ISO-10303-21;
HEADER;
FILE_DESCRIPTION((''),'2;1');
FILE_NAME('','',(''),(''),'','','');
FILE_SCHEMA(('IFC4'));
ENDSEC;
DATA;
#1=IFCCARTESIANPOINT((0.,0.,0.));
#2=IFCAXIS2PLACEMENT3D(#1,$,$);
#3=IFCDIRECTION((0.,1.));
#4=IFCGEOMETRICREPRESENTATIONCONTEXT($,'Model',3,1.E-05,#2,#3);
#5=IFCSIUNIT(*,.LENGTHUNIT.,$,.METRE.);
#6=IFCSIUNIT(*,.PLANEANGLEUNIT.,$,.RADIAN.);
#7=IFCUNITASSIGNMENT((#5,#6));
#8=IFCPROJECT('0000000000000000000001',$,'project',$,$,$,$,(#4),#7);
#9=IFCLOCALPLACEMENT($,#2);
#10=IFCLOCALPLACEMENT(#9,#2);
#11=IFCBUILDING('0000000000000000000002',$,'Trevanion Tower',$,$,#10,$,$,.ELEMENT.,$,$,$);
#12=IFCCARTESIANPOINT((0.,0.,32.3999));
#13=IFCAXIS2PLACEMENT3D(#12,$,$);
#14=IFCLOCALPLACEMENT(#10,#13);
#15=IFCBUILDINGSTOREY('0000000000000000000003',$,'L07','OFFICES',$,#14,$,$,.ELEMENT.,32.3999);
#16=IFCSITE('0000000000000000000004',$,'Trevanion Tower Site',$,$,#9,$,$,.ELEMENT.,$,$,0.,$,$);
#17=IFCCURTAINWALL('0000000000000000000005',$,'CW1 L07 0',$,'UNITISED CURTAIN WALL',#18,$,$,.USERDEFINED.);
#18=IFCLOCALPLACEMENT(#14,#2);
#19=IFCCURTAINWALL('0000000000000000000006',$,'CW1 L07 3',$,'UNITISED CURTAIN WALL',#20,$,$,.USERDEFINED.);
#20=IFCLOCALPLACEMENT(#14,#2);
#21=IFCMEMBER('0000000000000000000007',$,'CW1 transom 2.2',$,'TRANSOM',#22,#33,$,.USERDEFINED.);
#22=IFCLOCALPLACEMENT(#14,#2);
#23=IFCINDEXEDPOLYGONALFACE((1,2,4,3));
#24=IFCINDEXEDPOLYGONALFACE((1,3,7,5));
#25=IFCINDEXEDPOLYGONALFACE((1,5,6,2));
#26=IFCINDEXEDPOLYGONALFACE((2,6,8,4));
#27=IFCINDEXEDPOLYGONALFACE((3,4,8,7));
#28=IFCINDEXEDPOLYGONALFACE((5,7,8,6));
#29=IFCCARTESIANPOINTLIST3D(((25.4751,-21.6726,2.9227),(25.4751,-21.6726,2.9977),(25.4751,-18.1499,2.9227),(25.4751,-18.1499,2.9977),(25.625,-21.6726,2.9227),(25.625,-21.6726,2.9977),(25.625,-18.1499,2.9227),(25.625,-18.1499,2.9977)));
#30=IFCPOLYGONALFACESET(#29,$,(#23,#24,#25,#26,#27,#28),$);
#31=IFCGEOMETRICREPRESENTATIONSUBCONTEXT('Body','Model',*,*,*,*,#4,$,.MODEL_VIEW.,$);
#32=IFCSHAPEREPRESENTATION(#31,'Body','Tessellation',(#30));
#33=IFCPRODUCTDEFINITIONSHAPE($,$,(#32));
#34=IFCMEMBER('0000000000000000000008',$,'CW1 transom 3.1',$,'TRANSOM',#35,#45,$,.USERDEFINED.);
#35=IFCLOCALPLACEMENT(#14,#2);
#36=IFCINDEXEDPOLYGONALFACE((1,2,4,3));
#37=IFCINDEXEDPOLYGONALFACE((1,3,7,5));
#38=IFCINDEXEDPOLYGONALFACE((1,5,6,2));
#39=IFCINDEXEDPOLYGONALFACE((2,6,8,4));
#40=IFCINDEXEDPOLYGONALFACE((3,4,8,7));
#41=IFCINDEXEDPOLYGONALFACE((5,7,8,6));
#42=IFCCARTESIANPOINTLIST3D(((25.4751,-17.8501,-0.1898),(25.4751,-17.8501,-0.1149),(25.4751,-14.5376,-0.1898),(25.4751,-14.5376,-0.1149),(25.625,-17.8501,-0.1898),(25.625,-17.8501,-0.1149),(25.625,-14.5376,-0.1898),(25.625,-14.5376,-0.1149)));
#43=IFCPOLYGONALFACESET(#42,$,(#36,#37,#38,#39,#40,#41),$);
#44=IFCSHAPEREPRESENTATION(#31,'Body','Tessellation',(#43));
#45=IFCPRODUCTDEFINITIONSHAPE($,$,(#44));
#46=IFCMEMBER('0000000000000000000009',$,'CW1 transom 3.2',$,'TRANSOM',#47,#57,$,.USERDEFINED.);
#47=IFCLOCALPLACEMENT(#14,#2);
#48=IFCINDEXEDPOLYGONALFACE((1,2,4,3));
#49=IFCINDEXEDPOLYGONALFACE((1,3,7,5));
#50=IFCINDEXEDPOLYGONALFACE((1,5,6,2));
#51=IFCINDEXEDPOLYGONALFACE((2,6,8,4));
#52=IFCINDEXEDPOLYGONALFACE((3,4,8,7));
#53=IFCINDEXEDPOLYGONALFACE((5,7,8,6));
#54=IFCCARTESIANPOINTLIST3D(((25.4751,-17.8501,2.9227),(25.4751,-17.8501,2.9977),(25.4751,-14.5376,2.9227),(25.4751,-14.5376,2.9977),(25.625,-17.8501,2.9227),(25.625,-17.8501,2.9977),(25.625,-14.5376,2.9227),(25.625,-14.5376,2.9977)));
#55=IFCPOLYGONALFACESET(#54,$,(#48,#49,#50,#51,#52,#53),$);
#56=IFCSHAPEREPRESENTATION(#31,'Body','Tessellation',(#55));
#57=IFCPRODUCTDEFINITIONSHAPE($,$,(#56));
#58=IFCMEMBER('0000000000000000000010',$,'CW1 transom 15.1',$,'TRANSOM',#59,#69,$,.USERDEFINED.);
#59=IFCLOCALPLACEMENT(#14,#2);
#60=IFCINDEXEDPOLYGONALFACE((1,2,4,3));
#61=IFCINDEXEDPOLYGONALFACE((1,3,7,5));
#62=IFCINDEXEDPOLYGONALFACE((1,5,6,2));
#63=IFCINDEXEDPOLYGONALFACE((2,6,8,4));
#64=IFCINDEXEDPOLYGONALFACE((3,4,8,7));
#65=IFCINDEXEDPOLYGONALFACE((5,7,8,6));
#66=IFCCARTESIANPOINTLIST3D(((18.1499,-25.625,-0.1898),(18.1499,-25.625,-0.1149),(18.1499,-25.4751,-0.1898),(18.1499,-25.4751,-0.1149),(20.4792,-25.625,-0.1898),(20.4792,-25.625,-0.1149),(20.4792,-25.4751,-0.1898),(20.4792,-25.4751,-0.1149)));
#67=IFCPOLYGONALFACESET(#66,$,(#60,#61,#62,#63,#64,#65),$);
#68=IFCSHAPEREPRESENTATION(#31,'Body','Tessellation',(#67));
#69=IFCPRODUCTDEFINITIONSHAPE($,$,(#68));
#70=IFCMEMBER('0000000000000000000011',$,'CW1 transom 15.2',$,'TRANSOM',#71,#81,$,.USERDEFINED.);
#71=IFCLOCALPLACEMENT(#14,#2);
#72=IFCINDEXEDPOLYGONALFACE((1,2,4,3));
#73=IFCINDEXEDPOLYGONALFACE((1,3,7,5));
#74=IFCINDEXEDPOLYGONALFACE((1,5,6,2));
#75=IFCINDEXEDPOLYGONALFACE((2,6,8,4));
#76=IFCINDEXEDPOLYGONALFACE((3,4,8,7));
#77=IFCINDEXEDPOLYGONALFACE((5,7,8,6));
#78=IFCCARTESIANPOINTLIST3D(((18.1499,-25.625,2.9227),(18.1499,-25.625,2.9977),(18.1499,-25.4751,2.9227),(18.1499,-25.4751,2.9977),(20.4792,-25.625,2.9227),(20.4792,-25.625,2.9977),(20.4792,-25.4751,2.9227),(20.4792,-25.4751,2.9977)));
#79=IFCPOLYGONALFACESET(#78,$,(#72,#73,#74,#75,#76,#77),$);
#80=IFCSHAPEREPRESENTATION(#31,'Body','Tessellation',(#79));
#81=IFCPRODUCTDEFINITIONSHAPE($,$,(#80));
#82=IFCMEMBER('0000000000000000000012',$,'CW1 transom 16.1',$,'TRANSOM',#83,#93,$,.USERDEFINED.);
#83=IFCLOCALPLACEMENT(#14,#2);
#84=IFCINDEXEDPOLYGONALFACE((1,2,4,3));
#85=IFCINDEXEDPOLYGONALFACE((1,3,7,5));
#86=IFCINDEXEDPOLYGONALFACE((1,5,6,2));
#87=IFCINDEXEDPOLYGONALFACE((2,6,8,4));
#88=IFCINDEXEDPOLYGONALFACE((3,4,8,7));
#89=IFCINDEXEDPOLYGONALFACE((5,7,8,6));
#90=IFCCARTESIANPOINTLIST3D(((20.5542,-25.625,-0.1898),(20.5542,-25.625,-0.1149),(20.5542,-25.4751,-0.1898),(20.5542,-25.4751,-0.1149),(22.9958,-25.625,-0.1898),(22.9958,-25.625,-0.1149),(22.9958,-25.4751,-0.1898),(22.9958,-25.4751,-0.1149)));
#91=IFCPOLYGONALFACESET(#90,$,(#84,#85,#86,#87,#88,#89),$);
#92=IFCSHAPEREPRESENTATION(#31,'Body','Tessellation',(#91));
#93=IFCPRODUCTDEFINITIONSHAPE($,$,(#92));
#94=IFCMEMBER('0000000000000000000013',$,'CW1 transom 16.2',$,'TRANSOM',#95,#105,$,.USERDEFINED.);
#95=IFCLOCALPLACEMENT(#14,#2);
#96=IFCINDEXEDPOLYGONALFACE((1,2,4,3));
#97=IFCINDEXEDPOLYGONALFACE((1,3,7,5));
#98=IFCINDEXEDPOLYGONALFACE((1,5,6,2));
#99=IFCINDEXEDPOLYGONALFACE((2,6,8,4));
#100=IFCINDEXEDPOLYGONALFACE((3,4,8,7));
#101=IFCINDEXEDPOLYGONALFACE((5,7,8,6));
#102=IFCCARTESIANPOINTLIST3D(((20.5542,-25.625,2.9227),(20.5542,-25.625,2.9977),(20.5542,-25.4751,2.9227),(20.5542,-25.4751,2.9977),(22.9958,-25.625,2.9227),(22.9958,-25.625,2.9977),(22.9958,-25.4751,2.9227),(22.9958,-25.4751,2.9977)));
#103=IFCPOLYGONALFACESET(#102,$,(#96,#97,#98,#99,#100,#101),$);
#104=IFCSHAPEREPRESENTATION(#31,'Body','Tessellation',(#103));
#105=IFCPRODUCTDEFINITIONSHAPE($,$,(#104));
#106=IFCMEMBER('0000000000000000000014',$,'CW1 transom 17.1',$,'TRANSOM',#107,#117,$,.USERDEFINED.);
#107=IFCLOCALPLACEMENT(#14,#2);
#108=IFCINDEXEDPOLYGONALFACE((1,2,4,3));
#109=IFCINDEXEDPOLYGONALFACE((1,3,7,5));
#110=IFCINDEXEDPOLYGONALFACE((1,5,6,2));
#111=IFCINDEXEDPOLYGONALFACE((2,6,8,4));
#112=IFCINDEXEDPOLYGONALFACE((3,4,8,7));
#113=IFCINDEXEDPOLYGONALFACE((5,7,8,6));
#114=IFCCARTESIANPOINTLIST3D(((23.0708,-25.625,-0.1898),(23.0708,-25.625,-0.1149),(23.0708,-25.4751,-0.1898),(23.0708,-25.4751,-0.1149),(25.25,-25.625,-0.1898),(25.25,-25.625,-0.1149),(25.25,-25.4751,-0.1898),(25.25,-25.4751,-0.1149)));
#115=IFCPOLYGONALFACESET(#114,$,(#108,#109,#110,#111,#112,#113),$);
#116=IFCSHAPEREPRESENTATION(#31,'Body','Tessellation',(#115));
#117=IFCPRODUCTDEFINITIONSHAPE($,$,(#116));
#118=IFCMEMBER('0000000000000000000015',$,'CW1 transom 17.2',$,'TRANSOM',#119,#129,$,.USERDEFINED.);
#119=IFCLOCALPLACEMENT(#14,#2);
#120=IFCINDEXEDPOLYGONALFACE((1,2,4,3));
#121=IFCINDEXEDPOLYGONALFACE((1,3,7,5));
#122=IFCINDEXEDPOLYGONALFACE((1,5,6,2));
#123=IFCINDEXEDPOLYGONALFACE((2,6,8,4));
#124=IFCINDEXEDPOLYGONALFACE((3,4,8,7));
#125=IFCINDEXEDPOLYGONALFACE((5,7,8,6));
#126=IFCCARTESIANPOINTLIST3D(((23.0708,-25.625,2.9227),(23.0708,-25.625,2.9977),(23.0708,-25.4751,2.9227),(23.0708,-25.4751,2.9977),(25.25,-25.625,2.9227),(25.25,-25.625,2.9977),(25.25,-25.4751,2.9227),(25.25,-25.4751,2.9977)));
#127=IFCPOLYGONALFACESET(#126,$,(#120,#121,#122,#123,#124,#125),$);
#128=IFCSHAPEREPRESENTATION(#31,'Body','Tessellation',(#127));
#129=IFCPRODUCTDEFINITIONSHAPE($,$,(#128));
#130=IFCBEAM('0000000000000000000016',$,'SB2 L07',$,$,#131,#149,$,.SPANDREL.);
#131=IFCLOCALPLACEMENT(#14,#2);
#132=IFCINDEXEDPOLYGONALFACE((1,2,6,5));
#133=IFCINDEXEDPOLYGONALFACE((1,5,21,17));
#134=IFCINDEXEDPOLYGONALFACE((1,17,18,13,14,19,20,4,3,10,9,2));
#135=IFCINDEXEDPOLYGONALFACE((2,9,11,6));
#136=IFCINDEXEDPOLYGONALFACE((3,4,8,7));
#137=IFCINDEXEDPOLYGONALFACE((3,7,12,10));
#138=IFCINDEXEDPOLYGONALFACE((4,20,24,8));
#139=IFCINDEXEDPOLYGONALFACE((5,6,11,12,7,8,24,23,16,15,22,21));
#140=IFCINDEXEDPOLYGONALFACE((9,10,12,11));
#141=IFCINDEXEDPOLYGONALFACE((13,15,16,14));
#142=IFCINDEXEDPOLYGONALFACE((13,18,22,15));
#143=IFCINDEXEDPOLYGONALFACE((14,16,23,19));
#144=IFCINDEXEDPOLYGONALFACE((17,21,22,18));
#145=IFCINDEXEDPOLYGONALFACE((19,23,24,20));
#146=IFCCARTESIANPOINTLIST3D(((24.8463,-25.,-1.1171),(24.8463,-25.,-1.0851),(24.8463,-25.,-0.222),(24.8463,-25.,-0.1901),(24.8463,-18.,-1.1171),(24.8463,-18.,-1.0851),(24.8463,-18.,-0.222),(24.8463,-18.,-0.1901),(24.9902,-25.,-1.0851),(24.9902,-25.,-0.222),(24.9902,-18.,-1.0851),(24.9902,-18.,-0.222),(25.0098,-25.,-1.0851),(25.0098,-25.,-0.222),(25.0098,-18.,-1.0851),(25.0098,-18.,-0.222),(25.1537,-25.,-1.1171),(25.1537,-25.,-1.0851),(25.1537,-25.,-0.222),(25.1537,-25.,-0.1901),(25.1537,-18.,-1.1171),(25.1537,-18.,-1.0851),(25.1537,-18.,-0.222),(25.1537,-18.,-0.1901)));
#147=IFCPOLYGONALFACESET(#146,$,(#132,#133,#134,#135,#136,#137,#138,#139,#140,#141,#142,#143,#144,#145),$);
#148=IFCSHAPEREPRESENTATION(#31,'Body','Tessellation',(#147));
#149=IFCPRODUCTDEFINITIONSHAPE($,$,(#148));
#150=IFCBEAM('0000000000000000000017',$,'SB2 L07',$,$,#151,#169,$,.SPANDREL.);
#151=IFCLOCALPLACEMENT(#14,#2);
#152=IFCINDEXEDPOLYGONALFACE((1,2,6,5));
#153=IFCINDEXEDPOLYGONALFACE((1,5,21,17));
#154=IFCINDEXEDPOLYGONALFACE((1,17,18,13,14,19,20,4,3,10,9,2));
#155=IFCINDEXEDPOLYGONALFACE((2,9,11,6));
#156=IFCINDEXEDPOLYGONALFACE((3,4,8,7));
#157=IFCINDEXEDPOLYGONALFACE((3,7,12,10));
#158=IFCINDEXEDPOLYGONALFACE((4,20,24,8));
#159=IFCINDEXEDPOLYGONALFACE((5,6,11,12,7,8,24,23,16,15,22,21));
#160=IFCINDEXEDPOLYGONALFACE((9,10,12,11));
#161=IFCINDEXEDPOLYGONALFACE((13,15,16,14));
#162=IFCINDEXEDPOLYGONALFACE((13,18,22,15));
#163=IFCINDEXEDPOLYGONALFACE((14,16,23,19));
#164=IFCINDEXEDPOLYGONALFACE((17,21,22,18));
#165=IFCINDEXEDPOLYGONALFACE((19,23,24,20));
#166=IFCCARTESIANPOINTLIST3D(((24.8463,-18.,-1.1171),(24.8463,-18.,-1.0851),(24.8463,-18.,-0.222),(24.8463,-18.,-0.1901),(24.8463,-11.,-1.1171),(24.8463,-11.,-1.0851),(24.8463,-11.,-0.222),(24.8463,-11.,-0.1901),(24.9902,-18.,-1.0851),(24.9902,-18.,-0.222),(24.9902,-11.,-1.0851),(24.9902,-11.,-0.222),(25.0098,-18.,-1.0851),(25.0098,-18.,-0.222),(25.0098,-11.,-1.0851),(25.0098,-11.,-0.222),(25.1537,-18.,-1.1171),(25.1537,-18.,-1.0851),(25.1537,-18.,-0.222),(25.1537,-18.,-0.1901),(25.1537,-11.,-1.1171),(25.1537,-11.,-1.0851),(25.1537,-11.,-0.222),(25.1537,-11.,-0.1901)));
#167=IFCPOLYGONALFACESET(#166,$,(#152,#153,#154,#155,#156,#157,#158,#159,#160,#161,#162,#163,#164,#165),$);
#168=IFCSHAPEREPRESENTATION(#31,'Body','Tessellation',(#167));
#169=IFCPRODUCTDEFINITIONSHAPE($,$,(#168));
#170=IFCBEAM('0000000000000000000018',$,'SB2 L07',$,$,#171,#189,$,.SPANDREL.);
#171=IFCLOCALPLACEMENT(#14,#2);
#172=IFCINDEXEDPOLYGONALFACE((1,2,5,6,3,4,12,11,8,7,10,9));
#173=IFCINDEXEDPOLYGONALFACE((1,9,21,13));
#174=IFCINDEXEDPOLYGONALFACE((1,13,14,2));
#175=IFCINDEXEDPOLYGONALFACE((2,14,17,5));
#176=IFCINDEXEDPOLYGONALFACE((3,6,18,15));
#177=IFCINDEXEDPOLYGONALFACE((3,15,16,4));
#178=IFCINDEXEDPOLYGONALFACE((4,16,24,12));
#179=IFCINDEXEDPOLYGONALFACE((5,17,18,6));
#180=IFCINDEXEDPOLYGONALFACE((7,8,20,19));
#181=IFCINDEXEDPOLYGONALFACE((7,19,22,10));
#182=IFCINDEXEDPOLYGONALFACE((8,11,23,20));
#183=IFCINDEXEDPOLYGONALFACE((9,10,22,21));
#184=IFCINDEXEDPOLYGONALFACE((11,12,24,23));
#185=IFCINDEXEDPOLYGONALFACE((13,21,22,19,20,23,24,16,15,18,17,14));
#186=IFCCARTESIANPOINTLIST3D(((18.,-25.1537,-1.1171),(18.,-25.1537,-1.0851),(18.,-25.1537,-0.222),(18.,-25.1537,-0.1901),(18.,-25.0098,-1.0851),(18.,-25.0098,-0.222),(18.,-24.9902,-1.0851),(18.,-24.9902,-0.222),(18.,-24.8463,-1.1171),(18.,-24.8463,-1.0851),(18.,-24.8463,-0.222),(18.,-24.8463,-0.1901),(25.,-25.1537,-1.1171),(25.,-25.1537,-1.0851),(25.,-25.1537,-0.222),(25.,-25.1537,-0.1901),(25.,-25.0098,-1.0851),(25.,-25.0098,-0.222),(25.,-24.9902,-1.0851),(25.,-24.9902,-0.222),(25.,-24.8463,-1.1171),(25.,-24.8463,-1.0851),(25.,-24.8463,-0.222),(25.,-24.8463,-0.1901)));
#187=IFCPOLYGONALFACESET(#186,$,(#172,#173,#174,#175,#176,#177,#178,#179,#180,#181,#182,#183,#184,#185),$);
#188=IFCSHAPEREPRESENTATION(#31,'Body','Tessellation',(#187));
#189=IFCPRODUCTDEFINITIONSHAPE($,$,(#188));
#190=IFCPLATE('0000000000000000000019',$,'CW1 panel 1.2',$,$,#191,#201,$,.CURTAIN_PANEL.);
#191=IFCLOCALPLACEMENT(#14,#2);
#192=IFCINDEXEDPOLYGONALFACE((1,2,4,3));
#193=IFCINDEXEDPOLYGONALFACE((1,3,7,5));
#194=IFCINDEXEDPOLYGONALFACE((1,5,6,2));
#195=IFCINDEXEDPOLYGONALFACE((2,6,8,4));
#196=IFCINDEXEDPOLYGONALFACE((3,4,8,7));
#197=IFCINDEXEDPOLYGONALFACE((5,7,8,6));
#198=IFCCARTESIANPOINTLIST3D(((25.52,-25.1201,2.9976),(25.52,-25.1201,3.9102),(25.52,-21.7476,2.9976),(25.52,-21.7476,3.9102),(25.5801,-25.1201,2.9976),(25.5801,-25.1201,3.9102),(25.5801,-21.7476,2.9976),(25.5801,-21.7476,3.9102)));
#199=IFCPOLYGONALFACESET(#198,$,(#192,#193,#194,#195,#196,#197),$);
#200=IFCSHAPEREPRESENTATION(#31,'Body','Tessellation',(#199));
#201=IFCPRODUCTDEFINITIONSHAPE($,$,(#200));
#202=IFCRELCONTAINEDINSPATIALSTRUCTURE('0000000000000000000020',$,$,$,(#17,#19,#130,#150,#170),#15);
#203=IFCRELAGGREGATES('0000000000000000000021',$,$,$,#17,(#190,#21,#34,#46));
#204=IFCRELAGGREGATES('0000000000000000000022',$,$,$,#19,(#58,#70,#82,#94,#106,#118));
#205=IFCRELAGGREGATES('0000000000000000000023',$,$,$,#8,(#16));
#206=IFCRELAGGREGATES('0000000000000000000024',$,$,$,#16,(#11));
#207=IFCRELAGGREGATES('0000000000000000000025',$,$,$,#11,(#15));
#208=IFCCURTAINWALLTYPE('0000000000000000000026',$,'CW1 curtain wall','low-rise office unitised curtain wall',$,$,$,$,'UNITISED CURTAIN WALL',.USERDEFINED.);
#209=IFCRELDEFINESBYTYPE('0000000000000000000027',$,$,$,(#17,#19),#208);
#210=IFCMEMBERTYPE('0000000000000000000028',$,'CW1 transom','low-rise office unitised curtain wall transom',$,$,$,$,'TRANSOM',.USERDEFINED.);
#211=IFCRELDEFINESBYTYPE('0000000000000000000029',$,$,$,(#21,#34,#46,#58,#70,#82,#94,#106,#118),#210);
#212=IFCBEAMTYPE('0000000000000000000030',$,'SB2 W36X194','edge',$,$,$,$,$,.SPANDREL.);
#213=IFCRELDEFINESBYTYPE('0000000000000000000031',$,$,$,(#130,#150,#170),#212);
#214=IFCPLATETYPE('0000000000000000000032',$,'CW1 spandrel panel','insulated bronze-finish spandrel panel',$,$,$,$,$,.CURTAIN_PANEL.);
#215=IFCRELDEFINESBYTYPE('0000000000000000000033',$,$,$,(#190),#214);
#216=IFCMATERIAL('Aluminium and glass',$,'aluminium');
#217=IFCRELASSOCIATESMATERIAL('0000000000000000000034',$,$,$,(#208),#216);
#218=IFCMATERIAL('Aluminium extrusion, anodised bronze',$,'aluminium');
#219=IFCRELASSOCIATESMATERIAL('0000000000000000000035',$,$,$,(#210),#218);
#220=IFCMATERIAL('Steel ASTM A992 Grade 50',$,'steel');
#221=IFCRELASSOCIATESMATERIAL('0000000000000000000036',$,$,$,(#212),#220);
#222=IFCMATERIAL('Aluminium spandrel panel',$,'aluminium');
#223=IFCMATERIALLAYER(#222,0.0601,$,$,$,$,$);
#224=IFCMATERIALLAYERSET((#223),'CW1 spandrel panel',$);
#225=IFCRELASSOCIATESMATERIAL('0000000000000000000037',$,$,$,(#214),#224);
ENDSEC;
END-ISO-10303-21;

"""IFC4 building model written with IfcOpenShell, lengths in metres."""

from ifc_helpers import new_model, si_unit, direction, frame, origin, origin_2d, place, context, subcontext, project, spatial, rectangle, i_section, extrude, material, layer, layer_set, material_profile, profile_set, type_object, element, aggregate, save


model = new_model("IFC4")

# Units and contexts
model_context = context("Model", 3, precision=1e-05, world=origin(), true_north=direction((0.0, 1.0)))
body_context = subcontext(model_context, "Body", "Model", "MODEL_VIEW")
ifc_project = project(units=[si_unit("LENGTHUNIT", "METRE"), si_unit("PLANEANGLEUNIT", "RADIAN")], contexts=[model_context])

# Site, building, storey
site_placement = place(None, origin())
site = spatial("IfcSite", under=ifc_project, at=site_placement, Name="Trevanion Tower Site", CompositionType="ELEMENT", RefElevation=0.0)
building_placement = place(site_placement, origin())
building = spatial("IfcBuilding", under=site, at=building_placement, Name="Trevanion Tower", CompositionType="ELEMENT")
storey_placement = place(building_placement, frame((0.0, 0.0, 32.3999)))
storey = spatial("IfcBuildingStorey", under=building, at=storey_placement, Name="L07", Description="OFFICES", CompositionType="ELEMENT", Elevation=32.3999)

# Curtain wall
ifc_material_1 = material(Name="Aluminium and glass", Category="aluminium")
curtain_wall_type = type_object("IfcCurtainWallType", Name="CW1 curtain wall", Description="low-rise office unitised curtain wall", ElementType="UNITISED CURTAIN WALL", PredefinedType="USERDEFINED", material=ifc_material_1)
curtain_wall_1_placement = place(storey_placement, origin())
curtain_wall_1 = element("IfcCurtainWall", 1, at=curtain_wall_1_placement, inside=storey, type_object=curtain_wall_type, Name="CW1 L07 0", ObjectType="UNITISED CURTAIN WALL", PredefinedType="USERDEFINED")

# Curtain wall
curtain_wall_2_placement = place(storey_placement, origin())
curtain_wall_2 = element("IfcCurtainWall", 2, at=curtain_wall_2_placement, inside=storey, type_object=curtain_wall_type, Name="CW1 L07 3", ObjectType="UNITISED CURTAIN WALL", PredefinedType="USERDEFINED")

# Members
ifc_material_2 = material(Name="Aluminium extrusion, anodised bronze", Category="aluminium")
ifc_material_profile_1 = material_profile(ifc_material_2, rectangle(XDim=0.1499, YDim=0.075, at=origin_2d()), Name="CW1 transom")
ifc_profile_set_1 = profile_set([ifc_material_profile_1], Name="Aluminium extrusion, anodised bronze")
member_type_1 = type_object("IfcMemberType", Name="CW1 transom", Description="low-rise office unitised curtain wall transom", ElementType="TRANSOM", PredefinedType="USERDEFINED", material=ifc_profile_set_1)
member_1_placement = place(storey_placement, frame((25.55, -21.6726, 2.9602), z_axis=(0.0, 1.0, 0.0), x_axis=(-1.0, 0.0, 0.0)))
member_1 = element("IfcMember", 3, at=member_1_placement, type_object=member_type_1, Name="CW1 transom 2.2", ObjectType="TRANSOM", PredefinedType="USERDEFINED", context=body_context, shape_type="SweptSolid", body=[
    extrude(rectangle(XDim=0.1499, YDim=0.075, at=origin_2d()), origin(), (0.0, 0.0, 1.0), 3.5227),
])
member_2_placement = place(storey_placement, frame((25.55, -17.8501, -0.1523), z_axis=(0.0, 1.0, 0.0), x_axis=(-1.0, 0.0, 0.0)))
member_2 = element("IfcMember", 4, at=member_2_placement, type_object=member_type_1, Name="CW1 transom 3.1", ObjectType="TRANSOM", PredefinedType="USERDEFINED", context=body_context, shape_type="SweptSolid", body=[
    extrude(rectangle(XDim=0.1499, YDim=0.075, at=origin_2d()), origin(), (0.0, 0.0, 1.0), 3.3125),
])
member_3_placement = place(storey_placement, frame((25.55, -17.8501, 2.9602), z_axis=(0.0, 1.0, 0.0), x_axis=(-1.0, 0.0, 0.0)))
member_3 = element("IfcMember", 5, at=member_3_placement, type_object=member_type_1, Name="CW1 transom 3.2", ObjectType="TRANSOM", PredefinedType="USERDEFINED", context=body_context, shape_type="SweptSolid", body=[
    extrude(rectangle(XDim=0.1499, YDim=0.075, at=origin_2d()), origin(), (0.0, 0.0, 1.0), 3.3125),
])
member_4_placement = place(storey_placement, frame((18.1499, -25.55, -0.1523), z_axis=(1.0, 0.0, 0.0), x_axis=(0.0, 1.0, 0.0)))
member_4 = element("IfcMember", 6, at=member_4_placement, type_object=member_type_1, Name="CW1 transom 15.1", ObjectType="TRANSOM", PredefinedType="USERDEFINED", context=body_context, shape_type="SweptSolid", body=[
    extrude(rectangle(XDim=0.1499, YDim=0.075, at=origin_2d()), origin(), (0.0, 0.0, 1.0), 2.3293),
])
member_5_placement = place(storey_placement, frame((18.1499, -25.55, 2.9602), z_axis=(1.0, 0.0, 0.0), x_axis=(0.0, 1.0, 0.0)))
member_5 = element("IfcMember", 7, at=member_5_placement, type_object=member_type_1, Name="CW1 transom 15.2", ObjectType="TRANSOM", PredefinedType="USERDEFINED", context=body_context, shape_type="SweptSolid", body=[
    extrude(rectangle(XDim=0.1499, YDim=0.075, at=origin_2d()), origin(), (0.0, 0.0, 1.0), 2.3293),
])
member_6_placement = place(storey_placement, frame((20.5542, -25.55, -0.1523), z_axis=(1.0, 0.0, 0.0), x_axis=(0.0, 1.0, 0.0)))
member_6 = element("IfcMember", 8, at=member_6_placement, type_object=member_type_1, Name="CW1 transom 16.1", ObjectType="TRANSOM", PredefinedType="USERDEFINED", context=body_context, shape_type="SweptSolid", body=[
    extrude(rectangle(XDim=0.1499, YDim=0.075, at=origin_2d()), origin(), (0.0, 0.0, 1.0), 2.4417),
])
member_7_placement = place(storey_placement, frame((20.5542, -25.55, 2.9602), z_axis=(1.0, 0.0, 0.0), x_axis=(0.0, 1.0, 0.0)))
member_7 = element("IfcMember", 9, at=member_7_placement, type_object=member_type_1, Name="CW1 transom 16.2", ObjectType="TRANSOM", PredefinedType="USERDEFINED", context=body_context, shape_type="SweptSolid", body=[
    extrude(rectangle(XDim=0.1499, YDim=0.075, at=origin_2d()), origin(), (0.0, 0.0, 1.0), 2.4417),
])
member_8_placement = place(storey_placement, frame((23.0708, -25.55, -0.1523), z_axis=(1.0, 0.0, 0.0), x_axis=(0.0, 1.0, 0.0)))
member_8 = element("IfcMember", 10, at=member_8_placement, type_object=member_type_1, Name="CW1 transom 17.1", ObjectType="TRANSOM", PredefinedType="USERDEFINED", context=body_context, shape_type="SweptSolid", body=[
    extrude(rectangle(XDim=0.1499, YDim=0.075, at=origin_2d()), origin(), (0.0, 0.0, 1.0), 2.1792),
])
member_9_placement = place(storey_placement, frame((23.0708, -25.55, 2.9602), z_axis=(1.0, 0.0, 0.0), x_axis=(0.0, 1.0, 0.0)))
member_9 = element("IfcMember", 11, at=member_9_placement, type_object=member_type_1, Name="CW1 transom 17.2", ObjectType="TRANSOM", PredefinedType="USERDEFINED", context=body_context, shape_type="SweptSolid", body=[
    extrude(rectangle(XDim=0.1499, YDim=0.075, at=origin_2d()), origin(), (0.0, 0.0, 1.0), 2.1792),
])

# Beams
ifc_material_3 = material(Name="Steel ASTM A992 Grade 50", Category="steel")
ifc_material_profile_2 = material_profile(ifc_material_3, i_section(OverallWidth=0.3074, OverallDepth=0.927, WebThickness=0.0195, FlangeThickness=0.032, at=origin_2d()), Name="W36X194")
ifc_profile_set_2 = profile_set([ifc_material_profile_2], Name="Steel ASTM A992 Grade 50")
beam_type = type_object("IfcBeamType", Name="SB2 W36X194", Description="edge", PredefinedType="SPANDREL", material=ifc_profile_set_2)
for number, where, z_axis, x_axis, name in (
    (12, (25.0, -25.0, -0.6536), (0.0, 1.0, 0.0), (-1.0, 0.0, 0.0), "SB2 L07"),
    (13, (25.0, -18.0, -0.6536), (0.0, 1.0, 0.0), (-1.0, 0.0, 0.0), "SB2 L07"),
    (14, (18.0, -25.0, -0.6536), (1.0, 0.0, 0.0), (0.0, 1.0, 0.0), "SB2 L07"),
):
    element("IfcBeam", number, at=place(storey_placement, frame(where, z_axis=z_axis, x_axis=x_axis)), inside=storey, type_object=beam_type, Name=name, PredefinedType="SPANDREL", context=body_context, shape_type="SweptSolid", body=[
        extrude(i_section(OverallWidth=0.3074, OverallDepth=0.927, WebThickness=0.0195, FlangeThickness=0.032, at=origin_2d()), origin(), (0.0, 0.0, 1.0), 7.0),
    ])

# Plate
ifc_material_4 = material(Name="Aluminium spandrel panel", Category="aluminium")
ifc_layer_1 = layer(ifc_material_4, 0.0601)
ifc_layer_set_1 = layer_set([ifc_layer_1], Name="CW1 spandrel panel")
plate_type_1 = type_object("IfcPlateType", Name="CW1 spandrel panel", Description="insulated bronze-finish spandrel panel", PredefinedType="CURTAIN_PANEL", material=ifc_layer_set_1)
plate_1_placement = place(storey_placement, frame((25.55, -23.4338, 2.9976), z_axis=(0.0, 0.0, 1.0), x_axis=(0.0, 1.0, 0.0)))
plate_1 = element("IfcPlate", 15, at=plate_1_placement, type_object=plate_type_1, Name="CW1 panel 1.2", PredefinedType="CURTAIN_PANEL", context=body_context, shape_type="SweptSolid", body=[
    extrude(rectangle(XDim=3.3726, YDim=0.0601, at=origin_2d()), origin(), (0.0, 0.0, 1.0), 0.9126),
])
aggregate(curtain_wall_1, [plate_1, member_1, member_2, member_3])
aggregate(curtain_wall_2, [member_4, member_5, member_6, member_7, member_8, member_9])

save(model, "model.ifc")
